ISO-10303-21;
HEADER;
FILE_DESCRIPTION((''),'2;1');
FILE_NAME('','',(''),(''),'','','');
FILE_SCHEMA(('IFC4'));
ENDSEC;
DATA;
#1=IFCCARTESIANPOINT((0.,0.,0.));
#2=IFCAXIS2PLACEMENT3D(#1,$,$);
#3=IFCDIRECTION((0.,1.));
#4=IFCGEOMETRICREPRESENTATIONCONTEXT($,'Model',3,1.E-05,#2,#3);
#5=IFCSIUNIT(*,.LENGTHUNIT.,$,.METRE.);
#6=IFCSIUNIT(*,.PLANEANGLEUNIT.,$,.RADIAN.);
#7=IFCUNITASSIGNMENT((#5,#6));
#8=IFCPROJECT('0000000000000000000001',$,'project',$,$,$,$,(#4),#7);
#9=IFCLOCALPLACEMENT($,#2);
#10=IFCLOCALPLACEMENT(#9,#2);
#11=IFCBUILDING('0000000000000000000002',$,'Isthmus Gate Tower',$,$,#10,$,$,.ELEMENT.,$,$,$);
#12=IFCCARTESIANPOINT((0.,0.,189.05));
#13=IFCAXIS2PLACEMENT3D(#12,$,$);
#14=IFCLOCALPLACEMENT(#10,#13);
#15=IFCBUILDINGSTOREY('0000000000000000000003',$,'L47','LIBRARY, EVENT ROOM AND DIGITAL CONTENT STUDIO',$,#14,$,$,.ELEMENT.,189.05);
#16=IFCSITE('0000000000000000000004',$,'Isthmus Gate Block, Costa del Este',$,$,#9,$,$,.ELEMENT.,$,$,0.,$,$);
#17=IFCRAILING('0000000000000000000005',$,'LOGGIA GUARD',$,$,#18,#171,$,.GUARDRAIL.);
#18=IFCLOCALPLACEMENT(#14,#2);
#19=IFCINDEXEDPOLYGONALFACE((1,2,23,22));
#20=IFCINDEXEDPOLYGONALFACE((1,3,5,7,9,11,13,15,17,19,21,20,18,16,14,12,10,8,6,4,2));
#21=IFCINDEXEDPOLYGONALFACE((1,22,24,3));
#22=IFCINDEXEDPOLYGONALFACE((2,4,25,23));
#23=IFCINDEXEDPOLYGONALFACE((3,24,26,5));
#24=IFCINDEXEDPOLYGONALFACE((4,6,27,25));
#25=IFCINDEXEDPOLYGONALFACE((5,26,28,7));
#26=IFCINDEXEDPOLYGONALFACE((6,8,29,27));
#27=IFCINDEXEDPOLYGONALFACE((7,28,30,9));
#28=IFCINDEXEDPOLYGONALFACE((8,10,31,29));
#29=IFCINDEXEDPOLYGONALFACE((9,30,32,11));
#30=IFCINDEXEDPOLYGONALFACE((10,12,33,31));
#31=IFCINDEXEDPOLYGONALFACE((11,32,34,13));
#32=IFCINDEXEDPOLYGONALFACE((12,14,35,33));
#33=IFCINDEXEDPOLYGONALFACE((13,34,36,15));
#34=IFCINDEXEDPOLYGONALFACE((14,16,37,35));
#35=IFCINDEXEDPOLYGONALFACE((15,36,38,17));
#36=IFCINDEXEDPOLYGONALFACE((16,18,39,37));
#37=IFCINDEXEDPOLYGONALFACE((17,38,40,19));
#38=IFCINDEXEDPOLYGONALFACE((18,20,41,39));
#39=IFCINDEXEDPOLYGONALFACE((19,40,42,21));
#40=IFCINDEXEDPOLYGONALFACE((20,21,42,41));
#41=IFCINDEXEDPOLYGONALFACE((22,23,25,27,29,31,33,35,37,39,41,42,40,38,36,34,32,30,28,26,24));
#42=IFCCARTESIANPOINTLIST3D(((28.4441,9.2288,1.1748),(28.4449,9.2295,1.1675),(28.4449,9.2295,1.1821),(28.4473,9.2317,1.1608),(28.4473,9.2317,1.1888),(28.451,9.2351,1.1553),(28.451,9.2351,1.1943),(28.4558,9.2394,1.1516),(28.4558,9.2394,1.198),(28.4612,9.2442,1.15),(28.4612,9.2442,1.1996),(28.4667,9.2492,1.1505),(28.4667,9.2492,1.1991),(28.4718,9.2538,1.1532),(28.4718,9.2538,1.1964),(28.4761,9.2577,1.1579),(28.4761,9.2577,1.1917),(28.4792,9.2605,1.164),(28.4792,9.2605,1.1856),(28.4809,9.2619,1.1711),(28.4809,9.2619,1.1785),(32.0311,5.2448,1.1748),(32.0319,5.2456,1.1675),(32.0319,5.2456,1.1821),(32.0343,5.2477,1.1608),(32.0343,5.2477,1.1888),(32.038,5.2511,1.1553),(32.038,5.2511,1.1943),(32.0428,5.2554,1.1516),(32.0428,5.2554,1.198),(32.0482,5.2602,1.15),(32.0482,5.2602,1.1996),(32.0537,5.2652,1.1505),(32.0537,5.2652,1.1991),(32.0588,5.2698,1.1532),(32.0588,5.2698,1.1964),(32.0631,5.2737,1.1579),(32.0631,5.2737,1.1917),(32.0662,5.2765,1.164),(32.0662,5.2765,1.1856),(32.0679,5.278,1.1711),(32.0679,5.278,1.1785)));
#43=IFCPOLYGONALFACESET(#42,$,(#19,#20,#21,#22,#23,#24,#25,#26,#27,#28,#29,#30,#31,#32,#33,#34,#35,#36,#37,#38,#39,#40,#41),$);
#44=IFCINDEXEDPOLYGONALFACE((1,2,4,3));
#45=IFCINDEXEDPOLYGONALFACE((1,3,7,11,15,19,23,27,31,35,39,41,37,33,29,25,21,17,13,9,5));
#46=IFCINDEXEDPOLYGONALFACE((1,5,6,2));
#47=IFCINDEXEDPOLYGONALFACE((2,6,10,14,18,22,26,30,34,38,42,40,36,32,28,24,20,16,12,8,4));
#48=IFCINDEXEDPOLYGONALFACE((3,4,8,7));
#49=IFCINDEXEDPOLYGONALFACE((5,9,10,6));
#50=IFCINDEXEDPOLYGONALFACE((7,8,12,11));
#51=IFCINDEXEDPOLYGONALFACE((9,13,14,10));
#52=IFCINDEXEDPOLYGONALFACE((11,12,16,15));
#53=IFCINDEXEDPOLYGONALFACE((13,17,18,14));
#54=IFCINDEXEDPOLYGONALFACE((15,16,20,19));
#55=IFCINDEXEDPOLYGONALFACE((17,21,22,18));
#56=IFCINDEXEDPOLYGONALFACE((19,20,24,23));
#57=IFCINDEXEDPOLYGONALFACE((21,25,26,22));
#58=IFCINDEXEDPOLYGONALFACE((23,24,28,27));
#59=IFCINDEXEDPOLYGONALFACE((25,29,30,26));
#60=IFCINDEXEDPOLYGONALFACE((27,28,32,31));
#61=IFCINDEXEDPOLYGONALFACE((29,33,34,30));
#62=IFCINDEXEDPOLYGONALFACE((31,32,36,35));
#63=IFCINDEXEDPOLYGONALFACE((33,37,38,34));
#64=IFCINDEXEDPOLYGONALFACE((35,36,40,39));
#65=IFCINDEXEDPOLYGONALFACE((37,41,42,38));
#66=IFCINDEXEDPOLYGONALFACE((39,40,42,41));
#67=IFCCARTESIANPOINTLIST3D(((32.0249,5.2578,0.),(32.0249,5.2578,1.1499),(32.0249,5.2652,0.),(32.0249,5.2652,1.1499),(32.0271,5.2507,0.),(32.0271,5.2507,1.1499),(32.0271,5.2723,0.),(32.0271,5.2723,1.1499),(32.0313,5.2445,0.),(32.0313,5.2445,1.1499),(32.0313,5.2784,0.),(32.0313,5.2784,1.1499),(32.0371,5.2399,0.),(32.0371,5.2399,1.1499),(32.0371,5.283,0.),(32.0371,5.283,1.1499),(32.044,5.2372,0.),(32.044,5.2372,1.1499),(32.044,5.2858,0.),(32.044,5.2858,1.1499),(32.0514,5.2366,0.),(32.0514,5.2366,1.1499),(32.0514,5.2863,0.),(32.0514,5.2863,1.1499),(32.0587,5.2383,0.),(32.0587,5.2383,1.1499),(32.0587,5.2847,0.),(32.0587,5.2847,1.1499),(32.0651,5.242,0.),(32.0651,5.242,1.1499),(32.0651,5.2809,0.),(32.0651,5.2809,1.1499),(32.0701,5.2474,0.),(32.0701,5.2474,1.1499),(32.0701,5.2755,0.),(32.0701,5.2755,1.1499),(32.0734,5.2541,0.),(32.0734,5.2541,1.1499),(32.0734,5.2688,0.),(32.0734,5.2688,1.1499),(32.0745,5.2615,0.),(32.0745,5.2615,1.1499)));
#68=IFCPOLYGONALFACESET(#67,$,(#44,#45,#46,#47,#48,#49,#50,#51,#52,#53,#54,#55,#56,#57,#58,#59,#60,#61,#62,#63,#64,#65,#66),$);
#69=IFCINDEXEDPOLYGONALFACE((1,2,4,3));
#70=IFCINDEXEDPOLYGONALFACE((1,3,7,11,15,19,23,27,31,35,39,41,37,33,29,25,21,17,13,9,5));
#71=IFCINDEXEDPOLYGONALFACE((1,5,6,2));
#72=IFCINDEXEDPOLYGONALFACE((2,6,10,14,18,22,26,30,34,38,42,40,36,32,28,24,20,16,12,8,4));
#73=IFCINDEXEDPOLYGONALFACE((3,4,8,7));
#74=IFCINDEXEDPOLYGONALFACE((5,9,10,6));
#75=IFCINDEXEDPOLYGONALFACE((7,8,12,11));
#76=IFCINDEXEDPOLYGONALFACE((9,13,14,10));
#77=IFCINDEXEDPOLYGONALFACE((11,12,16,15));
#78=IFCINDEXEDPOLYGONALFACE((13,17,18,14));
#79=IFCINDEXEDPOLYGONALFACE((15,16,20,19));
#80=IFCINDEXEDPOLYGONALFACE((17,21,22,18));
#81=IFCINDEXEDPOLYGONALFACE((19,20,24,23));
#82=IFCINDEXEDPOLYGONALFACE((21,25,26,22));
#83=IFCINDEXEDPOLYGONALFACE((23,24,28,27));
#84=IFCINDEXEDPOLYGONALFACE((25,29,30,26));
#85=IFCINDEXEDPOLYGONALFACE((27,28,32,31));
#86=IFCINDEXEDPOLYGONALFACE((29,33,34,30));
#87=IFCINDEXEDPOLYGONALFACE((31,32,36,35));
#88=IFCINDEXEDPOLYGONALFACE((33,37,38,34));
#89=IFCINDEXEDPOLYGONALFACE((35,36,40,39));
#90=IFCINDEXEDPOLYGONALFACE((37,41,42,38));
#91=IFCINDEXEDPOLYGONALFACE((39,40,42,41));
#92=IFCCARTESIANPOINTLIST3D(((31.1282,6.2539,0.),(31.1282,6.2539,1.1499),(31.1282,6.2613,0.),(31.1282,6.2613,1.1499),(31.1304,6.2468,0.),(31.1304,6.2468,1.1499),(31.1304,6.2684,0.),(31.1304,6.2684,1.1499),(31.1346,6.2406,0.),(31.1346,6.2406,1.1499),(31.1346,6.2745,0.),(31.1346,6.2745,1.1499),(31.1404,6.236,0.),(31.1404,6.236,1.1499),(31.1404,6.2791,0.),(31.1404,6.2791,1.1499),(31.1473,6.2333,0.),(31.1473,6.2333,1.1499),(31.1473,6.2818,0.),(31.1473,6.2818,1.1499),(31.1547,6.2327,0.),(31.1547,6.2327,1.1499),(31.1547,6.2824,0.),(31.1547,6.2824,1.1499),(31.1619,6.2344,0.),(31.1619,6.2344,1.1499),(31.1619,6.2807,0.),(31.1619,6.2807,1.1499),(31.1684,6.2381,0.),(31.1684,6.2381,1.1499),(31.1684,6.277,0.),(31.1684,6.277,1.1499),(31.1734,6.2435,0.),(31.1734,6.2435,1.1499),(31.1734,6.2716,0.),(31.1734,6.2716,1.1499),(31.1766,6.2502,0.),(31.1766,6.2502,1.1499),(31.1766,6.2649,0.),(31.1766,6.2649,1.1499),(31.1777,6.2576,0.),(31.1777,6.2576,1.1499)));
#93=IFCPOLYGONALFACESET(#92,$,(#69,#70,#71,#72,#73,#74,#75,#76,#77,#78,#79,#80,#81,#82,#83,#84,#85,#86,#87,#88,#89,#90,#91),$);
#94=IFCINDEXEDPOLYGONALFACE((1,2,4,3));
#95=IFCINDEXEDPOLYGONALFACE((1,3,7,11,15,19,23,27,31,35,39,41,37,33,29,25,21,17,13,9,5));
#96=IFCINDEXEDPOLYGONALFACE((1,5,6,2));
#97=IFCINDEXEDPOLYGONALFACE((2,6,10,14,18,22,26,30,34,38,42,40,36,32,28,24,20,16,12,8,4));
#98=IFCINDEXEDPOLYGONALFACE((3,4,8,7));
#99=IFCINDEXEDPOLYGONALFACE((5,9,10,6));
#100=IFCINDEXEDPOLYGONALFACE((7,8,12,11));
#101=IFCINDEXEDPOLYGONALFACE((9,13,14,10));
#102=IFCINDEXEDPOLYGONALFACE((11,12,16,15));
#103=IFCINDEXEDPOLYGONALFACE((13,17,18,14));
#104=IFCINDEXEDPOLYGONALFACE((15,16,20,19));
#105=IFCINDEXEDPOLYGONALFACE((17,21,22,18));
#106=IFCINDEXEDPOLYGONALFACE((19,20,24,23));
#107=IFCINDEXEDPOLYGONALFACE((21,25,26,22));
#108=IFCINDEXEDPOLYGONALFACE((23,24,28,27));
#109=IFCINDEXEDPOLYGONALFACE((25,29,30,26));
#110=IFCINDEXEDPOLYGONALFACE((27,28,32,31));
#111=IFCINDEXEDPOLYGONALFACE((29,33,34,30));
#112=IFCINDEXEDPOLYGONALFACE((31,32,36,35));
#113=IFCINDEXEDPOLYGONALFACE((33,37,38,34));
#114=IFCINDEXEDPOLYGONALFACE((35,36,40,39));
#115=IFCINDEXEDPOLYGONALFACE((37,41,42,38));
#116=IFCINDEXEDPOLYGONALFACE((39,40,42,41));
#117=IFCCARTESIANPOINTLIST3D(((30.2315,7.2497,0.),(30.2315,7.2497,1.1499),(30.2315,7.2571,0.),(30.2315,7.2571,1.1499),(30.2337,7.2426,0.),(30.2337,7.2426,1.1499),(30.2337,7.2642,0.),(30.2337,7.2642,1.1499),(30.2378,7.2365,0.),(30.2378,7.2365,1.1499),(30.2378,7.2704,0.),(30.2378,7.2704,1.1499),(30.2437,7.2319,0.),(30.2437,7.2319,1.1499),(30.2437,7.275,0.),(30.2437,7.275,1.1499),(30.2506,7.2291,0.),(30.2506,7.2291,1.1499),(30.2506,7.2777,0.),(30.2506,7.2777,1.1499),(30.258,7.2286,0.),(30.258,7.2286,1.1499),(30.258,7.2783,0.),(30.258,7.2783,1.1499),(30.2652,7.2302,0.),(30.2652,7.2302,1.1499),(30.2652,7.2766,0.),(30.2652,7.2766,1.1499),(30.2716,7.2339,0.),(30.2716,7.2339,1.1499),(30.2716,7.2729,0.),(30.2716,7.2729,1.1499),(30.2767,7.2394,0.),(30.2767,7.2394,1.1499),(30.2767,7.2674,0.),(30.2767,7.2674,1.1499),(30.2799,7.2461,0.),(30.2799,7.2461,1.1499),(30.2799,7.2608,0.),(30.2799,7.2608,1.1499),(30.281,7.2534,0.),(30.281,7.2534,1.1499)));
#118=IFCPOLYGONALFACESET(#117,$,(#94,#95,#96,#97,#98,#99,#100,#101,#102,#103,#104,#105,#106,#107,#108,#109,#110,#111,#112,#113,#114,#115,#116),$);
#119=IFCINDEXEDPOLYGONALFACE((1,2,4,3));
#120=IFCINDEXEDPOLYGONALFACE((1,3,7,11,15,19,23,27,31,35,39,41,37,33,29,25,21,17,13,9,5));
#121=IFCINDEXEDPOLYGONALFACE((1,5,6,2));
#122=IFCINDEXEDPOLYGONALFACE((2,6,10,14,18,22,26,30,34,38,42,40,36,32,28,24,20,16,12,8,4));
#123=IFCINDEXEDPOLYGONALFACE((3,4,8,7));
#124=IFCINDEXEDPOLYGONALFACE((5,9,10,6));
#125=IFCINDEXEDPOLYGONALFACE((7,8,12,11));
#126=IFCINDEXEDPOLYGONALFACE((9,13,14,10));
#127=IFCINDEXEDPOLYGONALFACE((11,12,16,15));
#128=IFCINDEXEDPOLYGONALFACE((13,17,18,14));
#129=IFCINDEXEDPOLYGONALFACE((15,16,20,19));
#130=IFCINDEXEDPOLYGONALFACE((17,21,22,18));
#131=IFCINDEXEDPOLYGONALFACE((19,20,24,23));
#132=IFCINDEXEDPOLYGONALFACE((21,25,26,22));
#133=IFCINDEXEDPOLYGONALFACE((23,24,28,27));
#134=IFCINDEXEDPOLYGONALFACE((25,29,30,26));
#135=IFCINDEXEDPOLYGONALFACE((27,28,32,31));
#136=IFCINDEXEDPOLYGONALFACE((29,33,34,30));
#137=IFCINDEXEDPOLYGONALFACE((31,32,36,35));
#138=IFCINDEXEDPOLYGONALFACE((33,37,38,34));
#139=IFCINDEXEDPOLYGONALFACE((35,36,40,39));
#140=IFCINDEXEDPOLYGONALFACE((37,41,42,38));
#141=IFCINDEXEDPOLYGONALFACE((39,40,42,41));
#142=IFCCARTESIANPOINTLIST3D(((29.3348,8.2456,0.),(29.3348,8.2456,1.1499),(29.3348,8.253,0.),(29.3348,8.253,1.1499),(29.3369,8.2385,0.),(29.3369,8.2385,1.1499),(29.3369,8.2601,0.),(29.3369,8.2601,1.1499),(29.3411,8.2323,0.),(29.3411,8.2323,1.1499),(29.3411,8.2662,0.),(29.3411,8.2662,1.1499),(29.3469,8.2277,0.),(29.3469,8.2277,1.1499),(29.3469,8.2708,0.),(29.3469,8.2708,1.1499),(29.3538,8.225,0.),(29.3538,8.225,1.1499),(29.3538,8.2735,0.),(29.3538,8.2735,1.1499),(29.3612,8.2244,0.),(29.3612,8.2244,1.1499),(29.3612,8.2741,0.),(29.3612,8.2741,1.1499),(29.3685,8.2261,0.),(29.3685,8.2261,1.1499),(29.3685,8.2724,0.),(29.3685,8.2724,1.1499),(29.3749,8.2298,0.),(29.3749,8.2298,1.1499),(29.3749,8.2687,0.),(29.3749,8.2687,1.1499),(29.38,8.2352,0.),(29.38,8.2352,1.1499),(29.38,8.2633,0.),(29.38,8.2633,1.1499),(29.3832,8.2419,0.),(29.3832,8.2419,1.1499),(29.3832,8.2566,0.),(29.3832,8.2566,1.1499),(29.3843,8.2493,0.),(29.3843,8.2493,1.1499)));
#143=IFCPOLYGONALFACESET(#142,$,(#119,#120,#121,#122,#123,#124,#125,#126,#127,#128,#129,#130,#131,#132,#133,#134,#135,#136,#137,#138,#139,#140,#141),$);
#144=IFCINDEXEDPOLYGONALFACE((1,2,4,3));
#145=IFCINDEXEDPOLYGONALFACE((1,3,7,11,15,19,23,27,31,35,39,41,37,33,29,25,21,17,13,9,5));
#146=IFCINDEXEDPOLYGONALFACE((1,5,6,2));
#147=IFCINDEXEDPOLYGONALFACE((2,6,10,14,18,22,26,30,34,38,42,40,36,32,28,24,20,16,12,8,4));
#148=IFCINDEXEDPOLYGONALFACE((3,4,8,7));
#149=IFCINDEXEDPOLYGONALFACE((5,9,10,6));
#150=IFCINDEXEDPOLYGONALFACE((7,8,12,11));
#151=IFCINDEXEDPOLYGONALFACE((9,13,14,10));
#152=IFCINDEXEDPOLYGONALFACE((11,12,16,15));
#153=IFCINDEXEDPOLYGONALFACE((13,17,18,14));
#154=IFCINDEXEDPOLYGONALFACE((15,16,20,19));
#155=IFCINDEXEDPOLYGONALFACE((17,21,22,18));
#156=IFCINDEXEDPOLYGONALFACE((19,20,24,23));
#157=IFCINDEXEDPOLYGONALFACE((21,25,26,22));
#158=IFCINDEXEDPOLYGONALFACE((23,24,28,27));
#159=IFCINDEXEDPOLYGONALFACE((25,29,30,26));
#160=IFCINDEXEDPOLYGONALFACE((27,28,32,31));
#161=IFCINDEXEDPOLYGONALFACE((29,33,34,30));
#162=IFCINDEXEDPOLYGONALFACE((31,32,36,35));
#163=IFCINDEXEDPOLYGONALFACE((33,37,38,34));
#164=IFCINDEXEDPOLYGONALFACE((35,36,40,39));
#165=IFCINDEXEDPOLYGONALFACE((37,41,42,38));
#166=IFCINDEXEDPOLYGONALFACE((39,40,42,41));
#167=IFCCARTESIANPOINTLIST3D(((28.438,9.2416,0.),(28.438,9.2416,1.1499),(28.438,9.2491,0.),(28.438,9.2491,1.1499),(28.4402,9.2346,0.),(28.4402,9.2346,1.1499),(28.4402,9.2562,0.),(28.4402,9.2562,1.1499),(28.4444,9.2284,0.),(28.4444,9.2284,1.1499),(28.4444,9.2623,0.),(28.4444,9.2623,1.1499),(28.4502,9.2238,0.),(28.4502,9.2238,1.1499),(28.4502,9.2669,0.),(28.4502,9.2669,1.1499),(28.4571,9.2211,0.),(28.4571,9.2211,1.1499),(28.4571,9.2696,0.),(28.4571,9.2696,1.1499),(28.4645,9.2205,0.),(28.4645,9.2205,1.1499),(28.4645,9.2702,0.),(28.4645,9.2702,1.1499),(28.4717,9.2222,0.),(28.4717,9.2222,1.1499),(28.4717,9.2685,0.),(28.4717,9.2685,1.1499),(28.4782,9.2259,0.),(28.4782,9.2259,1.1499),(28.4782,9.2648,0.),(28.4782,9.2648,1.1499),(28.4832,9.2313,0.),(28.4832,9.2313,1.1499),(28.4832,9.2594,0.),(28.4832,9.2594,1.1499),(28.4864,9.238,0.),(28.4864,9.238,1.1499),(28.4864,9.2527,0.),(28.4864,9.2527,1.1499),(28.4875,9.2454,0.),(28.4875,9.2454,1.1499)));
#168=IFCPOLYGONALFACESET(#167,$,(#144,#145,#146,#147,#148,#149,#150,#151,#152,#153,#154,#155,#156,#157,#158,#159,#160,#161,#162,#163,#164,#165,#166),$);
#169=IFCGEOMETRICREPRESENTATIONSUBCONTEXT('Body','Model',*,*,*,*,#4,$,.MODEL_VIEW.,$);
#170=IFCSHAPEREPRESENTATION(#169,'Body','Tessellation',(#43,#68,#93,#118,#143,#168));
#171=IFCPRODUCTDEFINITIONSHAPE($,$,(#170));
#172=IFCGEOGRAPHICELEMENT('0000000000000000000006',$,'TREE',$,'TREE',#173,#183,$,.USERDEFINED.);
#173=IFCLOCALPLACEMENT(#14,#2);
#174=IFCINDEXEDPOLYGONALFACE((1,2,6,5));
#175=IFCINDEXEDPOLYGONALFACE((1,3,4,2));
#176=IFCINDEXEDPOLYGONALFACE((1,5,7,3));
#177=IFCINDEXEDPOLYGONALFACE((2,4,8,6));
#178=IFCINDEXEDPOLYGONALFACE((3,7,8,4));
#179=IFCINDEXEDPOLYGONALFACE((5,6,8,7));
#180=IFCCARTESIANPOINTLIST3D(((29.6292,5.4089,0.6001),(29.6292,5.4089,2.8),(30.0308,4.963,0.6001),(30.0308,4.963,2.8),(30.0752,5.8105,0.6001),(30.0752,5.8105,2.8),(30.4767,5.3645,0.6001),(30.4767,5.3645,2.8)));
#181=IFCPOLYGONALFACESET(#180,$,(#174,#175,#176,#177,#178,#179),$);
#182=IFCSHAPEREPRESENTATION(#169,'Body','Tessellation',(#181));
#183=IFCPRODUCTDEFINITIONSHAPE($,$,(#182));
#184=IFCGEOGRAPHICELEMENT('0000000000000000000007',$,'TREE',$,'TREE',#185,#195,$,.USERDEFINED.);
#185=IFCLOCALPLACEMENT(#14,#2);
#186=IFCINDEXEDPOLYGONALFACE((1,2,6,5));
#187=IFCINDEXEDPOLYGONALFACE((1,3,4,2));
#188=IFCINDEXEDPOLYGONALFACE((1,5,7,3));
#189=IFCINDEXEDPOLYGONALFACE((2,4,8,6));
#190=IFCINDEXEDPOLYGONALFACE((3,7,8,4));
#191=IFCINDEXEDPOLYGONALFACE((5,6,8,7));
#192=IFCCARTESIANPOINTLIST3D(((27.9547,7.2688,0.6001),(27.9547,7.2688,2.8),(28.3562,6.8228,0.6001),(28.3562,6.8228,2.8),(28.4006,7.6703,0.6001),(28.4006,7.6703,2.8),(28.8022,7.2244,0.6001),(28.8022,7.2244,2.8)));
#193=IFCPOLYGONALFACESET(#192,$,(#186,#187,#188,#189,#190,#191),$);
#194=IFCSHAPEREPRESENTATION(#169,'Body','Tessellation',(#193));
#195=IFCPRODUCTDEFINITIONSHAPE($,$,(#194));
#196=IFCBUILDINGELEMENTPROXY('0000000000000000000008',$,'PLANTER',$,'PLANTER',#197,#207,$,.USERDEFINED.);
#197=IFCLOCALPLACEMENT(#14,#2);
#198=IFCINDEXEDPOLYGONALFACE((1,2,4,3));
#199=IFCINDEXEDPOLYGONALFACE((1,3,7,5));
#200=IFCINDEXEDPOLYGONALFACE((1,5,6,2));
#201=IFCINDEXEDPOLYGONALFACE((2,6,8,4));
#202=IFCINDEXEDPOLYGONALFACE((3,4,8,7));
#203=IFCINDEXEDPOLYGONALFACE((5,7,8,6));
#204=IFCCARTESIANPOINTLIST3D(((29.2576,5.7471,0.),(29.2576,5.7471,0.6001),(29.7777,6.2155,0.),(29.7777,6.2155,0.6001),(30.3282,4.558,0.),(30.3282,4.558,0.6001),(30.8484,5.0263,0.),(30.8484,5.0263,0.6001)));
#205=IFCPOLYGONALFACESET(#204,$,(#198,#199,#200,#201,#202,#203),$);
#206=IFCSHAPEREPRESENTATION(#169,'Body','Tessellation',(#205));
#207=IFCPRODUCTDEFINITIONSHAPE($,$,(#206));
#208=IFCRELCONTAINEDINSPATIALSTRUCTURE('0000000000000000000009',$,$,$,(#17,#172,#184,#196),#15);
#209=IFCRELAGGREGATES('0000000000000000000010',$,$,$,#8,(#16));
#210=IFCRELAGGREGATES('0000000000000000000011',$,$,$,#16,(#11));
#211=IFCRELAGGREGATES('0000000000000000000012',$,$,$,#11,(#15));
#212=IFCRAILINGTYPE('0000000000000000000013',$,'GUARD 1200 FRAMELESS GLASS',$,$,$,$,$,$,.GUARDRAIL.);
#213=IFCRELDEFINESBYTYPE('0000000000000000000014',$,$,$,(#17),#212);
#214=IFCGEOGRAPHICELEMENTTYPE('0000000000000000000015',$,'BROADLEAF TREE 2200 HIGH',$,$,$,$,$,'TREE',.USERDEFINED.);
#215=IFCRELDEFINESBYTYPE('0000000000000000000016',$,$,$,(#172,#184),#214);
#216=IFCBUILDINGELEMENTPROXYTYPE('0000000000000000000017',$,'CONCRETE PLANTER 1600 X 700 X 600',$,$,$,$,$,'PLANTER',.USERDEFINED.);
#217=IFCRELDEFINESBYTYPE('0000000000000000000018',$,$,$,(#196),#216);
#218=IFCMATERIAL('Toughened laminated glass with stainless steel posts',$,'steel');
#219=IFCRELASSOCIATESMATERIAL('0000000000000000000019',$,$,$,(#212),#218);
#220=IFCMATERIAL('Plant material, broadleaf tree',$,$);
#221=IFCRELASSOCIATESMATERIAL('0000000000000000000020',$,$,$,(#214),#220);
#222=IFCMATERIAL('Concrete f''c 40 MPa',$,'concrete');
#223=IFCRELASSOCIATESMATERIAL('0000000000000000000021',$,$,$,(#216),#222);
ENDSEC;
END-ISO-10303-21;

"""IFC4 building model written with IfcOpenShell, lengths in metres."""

from ifc_helpers import new_model, si_unit, direction, frame, origin, origin_2d, place, context, subcontext, project, spatial, rectangle, circle, extrude, material, type_object, element, save


model = new_model("IFC4")

# Units and contexts
model_context = context("Model", 3, precision=1e-05, world=origin(), true_north=direction((0.0, 1.0)))
body_context = subcontext(model_context, "Body", "Model", "MODEL_VIEW")
ifc_project = project(units=[si_unit("LENGTHUNIT", "METRE"), si_unit("PLANEANGLEUNIT", "RADIAN")], contexts=[model_context])

# Site, building, storey
site_placement = place(None, origin())
site = spatial("IfcSite", under=ifc_project, at=site_placement, Name="Isthmus Gate Block, Costa del Este", CompositionType="ELEMENT", RefElevation=0.0)
building_placement = place(site_placement, origin())
building = spatial("IfcBuilding", under=site, at=building_placement, Name="Isthmus Gate Tower", CompositionType="ELEMENT")
storey_placement = place(building_placement, frame((0.0, 0.0, 189.05)))
storey = spatial("IfcBuildingStorey", under=building, at=storey_placement, Name="L47", Description="LIBRARY, EVENT ROOM AND DIGITAL CONTENT STUDIO", CompositionType="ELEMENT", Elevation=189.05)

# Railing
ifc_material_1 = material(Name="Toughened laminated glass with stainless steel posts", Category="steel")
railing_type = type_object("IfcRailingType", Name="GUARD 1200 FRAMELESS GLASS", PredefinedType="GUARDRAIL", material=ifc_material_1)
railing_placement = place(storey_placement, frame((32.0496, 5.2615, 0.0)))
element("IfcRailing", 1, at=railing_placement, inside=storey, type_object=railing_type, Name="LOGGIA GUARD", PredefinedType="GUARDRAIL", context=body_context, shape_type="SweptSolid", body=[
    extrude(circle(Radius=0.0249, at=origin_2d()), frame((0.0, 0.0, 1.1748), z_axis=(-0.669111, 0.743163, 0.0), x_axis=(-0.743163, -0.669111, 0.0)), (0.0, 0.0, 1.0), 5.3608),
    extrude(circle(Radius=0.0249, at=origin_2d()), origin(), (0.0, 0.0, 1.0), 1.1499),
    extrude(circle(Radius=0.0249, at=origin_2d()), frame((-0.8967, 0.9961, 0.0)), (0.0, 0.0, 1.0), 1.1499),
    extrude(circle(Radius=0.0249, at=origin_2d()), frame((-1.7935, 1.9919, 0.0)), (0.0, 0.0, 1.0), 1.1499),
    extrude(circle(Radius=0.0249, at=origin_2d()), frame((-2.6902, 2.9878, 0.0)), (0.0, 0.0, 1.0), 1.1499),
    extrude(circle(Radius=0.0249, at=origin_2d()), frame((-3.5869, 3.9839, 0.0)), (0.0, 0.0, 1.0), 1.1499),
])

# Geographic elements
ifc_material_2 = material(Name="Plant material, broadleaf tree")
geographic_element_type = type_object("IfcGeographicElementType", Name="BROADLEAF TREE 2200 HIGH", ElementType="TREE", PredefinedType="USERDEFINED", material=ifc_material_2)
for number, where, z_axis, x_axis, name in (
    (2, (30.053, 5.3867, 0.6001), (0.0, 0.0, 1.0), (-0.669131, 0.743145, 0.0), "TREE"),
    (3, (28.3784, 7.2466, 0.6001), (0.0, 0.0, 1.0), (-0.669131, 0.743145, 0.0), "TREE"),
):
    element("IfcGeographicElement", number, at=place(storey_placement, frame(where, z_axis=z_axis, x_axis=x_axis)), inside=storey, type_object=geographic_element_type, Name=name, ObjectType="TREE", PredefinedType="USERDEFINED", context=body_context, shape_type="SweptSolid", body=[
        extrude(rectangle(XDim=0.6001, YDim=0.6001, at=origin_2d()), origin(), (0.0, 0.0, 1.0), 2.2),
    ])

# Building element proxy
ifc_material_3 = material(Name="Concrete f'c 40 MPa", Category="concrete")
building_element_proxy_type = type_object("IfcBuildingElementProxyType", Name="CONCRETE PLANTER 1600 X 700 X 600", ElementType="PLANTER", PredefinedType="USERDEFINED", material=ifc_material_3)
for number, where, z_axis, x_axis, name in (
    (4, (30.053, 5.3867, 0.0), (0.0, 0.0, 1.0), (-0.669131, 0.743145, 0.0), "PLANTER"),
):
    element("IfcBuildingElementProxy", number, at=place(storey_placement, frame(where, z_axis=z_axis, x_axis=x_axis)), inside=storey, type_object=building_element_proxy_type, Name=name, ObjectType="PLANTER", PredefinedType="USERDEFINED", context=body_context, shape_type="SweptSolid", body=[
        extrude(rectangle(XDim=1.6001, YDim=0.7, at=origin_2d()), origin(), (0.0, 0.0, 1.0), 0.6001),
    ])

save(model, "model.ifc")
